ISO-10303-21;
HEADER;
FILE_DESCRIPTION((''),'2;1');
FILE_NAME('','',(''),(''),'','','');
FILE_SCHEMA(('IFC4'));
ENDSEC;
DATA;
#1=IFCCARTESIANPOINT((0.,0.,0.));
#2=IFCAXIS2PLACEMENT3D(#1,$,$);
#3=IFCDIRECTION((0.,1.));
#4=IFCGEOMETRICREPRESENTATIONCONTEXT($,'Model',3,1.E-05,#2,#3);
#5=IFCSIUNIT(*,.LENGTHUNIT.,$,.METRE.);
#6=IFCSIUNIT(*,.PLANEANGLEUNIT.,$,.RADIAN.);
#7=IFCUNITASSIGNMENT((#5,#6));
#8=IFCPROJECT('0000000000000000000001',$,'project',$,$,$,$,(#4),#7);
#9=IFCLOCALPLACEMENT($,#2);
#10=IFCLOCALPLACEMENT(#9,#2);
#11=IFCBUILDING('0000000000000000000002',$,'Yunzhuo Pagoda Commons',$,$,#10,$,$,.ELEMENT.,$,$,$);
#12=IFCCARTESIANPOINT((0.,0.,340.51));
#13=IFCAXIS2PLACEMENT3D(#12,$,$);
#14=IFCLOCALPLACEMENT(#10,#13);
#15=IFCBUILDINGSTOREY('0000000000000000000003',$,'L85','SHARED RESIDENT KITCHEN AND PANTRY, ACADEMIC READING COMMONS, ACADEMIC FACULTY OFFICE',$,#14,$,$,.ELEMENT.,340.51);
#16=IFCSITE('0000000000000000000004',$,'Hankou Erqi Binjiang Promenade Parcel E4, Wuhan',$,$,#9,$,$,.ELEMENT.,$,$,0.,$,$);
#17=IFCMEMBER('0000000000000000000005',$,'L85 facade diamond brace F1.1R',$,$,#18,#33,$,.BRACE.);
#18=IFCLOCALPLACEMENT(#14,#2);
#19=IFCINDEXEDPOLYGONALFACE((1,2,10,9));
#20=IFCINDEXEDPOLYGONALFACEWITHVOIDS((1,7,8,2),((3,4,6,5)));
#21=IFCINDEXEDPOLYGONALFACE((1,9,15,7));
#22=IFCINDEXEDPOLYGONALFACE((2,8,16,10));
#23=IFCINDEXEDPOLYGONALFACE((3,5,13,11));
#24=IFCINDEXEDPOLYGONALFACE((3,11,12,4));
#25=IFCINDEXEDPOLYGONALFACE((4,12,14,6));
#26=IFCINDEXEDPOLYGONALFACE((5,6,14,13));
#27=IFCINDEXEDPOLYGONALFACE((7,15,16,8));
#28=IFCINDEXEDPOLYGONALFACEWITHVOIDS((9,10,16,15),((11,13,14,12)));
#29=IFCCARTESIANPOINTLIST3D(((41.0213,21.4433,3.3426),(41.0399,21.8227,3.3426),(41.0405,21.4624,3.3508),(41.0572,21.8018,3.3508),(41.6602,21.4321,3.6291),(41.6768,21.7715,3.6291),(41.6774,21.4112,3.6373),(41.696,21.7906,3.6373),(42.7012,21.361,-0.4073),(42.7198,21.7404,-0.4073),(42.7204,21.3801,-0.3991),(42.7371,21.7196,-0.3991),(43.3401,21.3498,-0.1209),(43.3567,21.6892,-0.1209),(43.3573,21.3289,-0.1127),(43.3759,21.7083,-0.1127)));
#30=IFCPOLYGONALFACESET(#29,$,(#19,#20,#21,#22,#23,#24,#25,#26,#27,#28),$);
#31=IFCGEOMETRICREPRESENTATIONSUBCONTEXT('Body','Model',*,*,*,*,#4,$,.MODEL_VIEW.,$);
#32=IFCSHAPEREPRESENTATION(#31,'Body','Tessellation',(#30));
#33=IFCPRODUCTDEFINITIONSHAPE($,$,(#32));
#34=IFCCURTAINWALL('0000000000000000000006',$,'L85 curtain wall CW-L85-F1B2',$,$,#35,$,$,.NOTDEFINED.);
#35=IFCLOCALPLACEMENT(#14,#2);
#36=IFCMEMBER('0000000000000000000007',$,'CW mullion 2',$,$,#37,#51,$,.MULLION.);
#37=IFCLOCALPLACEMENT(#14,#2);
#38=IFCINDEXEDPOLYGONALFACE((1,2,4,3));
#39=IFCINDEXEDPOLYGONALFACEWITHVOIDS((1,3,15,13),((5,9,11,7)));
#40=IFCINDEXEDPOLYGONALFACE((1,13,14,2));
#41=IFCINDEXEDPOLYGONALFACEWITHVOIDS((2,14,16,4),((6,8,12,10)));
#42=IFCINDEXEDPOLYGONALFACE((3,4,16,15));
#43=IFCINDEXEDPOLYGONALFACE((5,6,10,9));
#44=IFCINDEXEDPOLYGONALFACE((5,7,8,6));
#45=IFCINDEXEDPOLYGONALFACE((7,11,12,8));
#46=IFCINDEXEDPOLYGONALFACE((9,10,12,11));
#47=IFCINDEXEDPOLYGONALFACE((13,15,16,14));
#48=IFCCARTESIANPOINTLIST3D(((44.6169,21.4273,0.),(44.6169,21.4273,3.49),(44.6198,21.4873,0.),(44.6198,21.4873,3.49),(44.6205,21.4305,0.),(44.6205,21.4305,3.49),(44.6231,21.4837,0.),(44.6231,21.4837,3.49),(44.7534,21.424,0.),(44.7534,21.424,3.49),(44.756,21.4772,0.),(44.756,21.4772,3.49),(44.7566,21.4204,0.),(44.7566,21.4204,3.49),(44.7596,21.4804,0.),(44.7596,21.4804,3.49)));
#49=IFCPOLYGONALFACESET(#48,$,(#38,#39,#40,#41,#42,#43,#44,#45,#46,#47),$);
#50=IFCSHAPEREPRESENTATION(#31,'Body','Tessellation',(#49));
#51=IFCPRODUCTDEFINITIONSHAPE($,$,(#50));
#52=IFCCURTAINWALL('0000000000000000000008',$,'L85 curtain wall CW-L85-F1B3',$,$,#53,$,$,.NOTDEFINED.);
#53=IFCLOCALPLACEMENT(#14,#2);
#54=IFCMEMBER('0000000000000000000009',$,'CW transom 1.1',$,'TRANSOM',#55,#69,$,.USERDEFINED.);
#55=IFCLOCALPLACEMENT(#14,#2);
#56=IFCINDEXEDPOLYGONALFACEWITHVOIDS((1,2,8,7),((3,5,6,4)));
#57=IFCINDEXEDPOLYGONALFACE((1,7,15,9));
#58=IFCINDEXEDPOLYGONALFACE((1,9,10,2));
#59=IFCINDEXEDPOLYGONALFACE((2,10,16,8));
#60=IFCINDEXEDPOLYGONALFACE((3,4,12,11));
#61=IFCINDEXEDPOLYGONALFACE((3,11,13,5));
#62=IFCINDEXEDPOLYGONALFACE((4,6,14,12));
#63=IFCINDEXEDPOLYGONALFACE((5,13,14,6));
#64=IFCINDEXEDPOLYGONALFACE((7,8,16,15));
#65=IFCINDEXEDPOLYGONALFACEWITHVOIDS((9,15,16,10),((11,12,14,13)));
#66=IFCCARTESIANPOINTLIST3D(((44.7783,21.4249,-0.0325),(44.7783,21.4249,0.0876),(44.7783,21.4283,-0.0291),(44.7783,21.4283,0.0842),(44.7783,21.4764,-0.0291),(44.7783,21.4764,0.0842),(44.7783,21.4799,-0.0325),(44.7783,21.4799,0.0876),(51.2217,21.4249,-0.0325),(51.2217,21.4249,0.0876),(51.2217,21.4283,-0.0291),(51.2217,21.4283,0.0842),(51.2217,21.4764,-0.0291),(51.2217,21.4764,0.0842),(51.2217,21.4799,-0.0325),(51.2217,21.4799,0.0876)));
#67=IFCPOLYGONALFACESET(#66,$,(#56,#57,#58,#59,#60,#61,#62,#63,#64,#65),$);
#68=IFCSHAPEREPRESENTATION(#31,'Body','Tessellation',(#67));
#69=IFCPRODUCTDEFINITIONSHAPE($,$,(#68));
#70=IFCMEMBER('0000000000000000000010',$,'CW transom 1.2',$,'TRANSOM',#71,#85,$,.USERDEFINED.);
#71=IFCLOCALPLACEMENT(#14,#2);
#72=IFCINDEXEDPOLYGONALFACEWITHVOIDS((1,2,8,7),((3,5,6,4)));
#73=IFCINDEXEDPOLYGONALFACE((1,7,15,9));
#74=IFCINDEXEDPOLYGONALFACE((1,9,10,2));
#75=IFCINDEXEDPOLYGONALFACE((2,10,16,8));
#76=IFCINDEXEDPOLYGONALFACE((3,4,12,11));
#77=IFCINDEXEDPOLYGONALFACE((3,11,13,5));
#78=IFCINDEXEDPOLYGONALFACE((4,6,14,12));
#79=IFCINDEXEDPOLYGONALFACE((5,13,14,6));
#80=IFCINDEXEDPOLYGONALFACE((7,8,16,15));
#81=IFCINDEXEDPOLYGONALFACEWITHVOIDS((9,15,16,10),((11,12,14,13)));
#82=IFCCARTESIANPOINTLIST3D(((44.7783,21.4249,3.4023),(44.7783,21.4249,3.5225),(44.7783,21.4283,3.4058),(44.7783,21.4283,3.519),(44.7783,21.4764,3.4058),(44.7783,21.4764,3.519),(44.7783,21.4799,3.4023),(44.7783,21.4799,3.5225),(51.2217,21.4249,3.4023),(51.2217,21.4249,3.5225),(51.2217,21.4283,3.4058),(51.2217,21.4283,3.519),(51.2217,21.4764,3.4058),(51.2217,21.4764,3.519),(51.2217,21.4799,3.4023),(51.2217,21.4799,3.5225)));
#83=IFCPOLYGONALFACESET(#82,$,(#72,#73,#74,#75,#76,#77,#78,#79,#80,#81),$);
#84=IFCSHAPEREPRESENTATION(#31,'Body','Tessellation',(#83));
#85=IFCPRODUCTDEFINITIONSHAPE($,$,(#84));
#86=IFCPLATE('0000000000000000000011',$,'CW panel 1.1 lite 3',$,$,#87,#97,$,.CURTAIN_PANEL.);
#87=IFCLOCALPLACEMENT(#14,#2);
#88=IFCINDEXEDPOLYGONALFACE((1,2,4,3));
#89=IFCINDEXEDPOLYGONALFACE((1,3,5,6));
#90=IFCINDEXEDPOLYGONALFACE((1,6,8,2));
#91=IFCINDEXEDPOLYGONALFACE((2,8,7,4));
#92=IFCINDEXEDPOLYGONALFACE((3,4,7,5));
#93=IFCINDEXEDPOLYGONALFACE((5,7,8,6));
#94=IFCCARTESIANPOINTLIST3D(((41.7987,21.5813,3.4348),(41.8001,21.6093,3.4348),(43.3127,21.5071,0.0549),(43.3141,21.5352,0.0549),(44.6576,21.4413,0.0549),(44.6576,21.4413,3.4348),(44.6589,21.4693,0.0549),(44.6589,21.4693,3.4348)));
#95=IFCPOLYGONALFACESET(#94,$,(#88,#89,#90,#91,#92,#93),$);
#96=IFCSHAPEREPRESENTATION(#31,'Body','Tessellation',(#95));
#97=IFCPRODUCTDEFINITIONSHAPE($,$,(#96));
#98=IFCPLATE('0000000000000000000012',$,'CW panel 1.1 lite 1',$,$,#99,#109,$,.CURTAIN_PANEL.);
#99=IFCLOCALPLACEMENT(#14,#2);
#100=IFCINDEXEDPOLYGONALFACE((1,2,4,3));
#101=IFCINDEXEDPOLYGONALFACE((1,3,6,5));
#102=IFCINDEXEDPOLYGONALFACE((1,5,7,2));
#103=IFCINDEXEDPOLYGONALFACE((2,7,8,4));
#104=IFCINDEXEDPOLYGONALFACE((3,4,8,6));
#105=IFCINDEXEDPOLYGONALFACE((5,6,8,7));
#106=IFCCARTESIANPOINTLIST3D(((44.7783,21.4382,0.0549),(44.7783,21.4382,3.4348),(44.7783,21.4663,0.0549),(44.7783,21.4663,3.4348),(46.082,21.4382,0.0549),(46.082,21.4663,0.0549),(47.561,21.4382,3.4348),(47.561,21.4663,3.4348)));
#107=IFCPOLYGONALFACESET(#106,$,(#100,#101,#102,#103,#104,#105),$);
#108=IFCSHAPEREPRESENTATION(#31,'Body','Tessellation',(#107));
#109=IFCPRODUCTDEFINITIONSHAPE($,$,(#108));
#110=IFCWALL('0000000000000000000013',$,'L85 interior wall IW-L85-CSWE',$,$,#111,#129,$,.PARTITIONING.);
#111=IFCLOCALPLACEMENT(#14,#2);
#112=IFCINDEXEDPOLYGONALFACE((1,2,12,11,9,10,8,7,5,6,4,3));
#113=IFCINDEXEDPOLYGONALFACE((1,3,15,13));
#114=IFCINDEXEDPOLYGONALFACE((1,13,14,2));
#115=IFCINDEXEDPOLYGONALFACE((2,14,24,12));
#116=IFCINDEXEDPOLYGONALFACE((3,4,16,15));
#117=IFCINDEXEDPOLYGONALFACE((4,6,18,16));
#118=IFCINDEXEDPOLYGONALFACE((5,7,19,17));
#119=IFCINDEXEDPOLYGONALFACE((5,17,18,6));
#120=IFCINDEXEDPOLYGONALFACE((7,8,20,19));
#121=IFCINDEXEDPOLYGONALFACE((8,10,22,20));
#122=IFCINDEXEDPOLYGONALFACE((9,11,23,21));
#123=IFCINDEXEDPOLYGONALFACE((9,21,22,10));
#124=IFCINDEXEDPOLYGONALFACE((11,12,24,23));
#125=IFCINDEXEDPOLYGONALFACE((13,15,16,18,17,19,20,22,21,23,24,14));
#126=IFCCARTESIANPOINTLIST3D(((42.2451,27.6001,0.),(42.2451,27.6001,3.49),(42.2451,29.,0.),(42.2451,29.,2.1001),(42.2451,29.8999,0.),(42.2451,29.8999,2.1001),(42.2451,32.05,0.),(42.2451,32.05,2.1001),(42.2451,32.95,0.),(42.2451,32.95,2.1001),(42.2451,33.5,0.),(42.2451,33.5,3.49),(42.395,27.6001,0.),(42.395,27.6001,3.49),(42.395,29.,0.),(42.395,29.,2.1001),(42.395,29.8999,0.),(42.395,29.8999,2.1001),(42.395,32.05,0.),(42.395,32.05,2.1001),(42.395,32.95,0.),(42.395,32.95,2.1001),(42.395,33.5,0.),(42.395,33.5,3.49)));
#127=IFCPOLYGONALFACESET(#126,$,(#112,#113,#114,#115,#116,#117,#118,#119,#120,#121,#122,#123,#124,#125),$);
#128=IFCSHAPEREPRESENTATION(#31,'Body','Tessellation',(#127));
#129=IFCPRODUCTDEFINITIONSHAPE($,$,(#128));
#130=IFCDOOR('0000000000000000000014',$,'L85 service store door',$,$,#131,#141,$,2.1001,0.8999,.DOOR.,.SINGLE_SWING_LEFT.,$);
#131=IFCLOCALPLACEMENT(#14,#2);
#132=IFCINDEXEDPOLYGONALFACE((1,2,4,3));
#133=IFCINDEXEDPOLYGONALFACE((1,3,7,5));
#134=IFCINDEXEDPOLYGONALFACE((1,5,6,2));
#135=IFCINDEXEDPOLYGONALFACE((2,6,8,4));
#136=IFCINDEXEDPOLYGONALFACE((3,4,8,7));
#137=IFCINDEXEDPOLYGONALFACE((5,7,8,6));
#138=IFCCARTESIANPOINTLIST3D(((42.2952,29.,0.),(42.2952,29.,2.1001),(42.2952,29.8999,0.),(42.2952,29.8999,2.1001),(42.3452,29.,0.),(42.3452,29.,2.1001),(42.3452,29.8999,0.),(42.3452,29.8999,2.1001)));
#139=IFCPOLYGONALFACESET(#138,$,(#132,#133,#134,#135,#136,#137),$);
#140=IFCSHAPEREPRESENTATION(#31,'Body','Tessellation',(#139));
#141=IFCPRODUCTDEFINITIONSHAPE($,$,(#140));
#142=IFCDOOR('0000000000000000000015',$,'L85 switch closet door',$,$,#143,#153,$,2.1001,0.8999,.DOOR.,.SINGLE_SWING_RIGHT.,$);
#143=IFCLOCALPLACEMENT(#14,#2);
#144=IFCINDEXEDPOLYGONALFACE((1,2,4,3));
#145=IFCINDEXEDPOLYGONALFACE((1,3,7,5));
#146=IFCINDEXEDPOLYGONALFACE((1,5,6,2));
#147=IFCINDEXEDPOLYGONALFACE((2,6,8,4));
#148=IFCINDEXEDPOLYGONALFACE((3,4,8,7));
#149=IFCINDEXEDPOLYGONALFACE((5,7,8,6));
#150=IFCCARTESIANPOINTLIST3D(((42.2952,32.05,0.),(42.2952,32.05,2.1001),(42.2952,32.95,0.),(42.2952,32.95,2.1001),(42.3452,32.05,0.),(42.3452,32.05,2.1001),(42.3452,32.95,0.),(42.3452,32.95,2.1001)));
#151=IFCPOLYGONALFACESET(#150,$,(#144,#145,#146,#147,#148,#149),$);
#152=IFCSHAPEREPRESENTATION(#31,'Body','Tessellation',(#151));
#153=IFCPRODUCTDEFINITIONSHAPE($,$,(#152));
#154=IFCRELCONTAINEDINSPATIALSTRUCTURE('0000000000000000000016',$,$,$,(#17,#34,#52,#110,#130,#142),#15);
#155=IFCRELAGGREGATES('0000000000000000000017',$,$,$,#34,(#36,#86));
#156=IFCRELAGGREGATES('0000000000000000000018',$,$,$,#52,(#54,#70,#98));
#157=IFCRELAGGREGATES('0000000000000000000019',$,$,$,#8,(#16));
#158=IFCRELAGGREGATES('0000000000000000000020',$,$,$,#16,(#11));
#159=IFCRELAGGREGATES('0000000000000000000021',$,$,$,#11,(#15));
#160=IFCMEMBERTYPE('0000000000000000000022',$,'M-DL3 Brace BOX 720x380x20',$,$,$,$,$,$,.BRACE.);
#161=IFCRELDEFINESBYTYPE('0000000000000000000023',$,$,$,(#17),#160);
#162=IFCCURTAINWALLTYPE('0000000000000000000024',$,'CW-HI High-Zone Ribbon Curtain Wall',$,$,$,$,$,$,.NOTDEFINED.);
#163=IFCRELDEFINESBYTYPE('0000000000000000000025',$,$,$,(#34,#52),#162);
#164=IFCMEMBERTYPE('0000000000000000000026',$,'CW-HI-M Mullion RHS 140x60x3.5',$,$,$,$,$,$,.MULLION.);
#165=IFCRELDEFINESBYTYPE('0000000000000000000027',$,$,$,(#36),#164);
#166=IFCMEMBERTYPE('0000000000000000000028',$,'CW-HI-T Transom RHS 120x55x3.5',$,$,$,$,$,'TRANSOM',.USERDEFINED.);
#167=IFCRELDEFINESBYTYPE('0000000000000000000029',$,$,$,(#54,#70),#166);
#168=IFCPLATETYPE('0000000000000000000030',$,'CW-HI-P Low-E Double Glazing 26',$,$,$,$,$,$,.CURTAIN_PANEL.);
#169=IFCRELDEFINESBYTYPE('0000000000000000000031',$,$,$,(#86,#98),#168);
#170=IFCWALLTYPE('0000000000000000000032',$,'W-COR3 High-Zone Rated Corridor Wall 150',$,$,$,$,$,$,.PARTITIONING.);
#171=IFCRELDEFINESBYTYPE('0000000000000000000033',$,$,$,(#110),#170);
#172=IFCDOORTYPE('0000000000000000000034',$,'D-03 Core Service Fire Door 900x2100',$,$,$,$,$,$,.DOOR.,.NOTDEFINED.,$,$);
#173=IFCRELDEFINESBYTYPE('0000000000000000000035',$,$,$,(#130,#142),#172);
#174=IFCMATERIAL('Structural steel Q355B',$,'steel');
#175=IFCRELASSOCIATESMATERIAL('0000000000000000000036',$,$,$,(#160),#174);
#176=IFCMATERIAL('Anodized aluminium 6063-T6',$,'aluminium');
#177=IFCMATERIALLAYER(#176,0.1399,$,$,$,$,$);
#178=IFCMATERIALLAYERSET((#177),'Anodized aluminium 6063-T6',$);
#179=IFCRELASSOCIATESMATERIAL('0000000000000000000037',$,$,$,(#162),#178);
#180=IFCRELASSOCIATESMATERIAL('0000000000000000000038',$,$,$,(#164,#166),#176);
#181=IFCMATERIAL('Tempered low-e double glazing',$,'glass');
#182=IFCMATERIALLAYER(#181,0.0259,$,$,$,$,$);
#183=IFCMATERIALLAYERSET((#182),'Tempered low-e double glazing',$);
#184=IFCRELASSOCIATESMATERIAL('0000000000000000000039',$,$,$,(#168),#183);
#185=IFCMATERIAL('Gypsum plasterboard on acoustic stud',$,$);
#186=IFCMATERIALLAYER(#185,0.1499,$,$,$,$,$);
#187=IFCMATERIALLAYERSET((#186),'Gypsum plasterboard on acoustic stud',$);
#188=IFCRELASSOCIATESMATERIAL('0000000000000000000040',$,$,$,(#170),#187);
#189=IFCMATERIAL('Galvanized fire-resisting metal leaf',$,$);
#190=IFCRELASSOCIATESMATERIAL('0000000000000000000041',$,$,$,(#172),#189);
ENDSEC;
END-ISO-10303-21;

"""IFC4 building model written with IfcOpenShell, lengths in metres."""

from ifc_helpers import new_model, si_unit, direction, frame, frame_2d, origin, origin_with_axes, origin_2d, place, context, subcontext, project, spatial, polyline, rectangle, hollow_rectangle, outline, extrude, source, transform, mapped, material, layer, layer_set, material_profile, profile_set, type_object, element, fill, aggregate, save


model = new_model("IFC4")

# Units and contexts
model_context = context("Model", 3, precision=1e-05, world=origin(), true_north=direction((0.0, 1.0)))
body_context = subcontext(model_context, "Body", "Model", "MODEL_VIEW")
ifc_project = project(units=[si_unit("LENGTHUNIT", "METRE"), si_unit("PLANEANGLEUNIT", "RADIAN")], contexts=[model_context])

# Site, building, storey
site_placement = place(None, origin())
site = spatial("IfcSite", under=ifc_project, at=site_placement, Name="Hankou Erqi Binjiang Promenade Parcel E4, Wuhan", CompositionType="ELEMENT", RefElevation=0.0)
building_placement = place(site_placement, origin())
building = spatial("IfcBuilding", under=site, at=building_placement, Name="Yunzhuo Pagoda Commons", CompositionType="ELEMENT")
storey_placement = place(building_placement, frame((0.0, 0.0, 340.51)))
storey = spatial("IfcBuildingStorey", under=building, at=storey_placement, Name="L85", Description="SHARED RESIDENT KITCHEN AND PANTRY, ACADEMIC READING COMMONS, ACADEMIC FACULTY OFFICE", CompositionType="ELEMENT", Elevation=340.51)

# Shared definitions
ifc_material_1 = material(Name="Structural steel Q355B", Category="steel")

# Member
ifc_material_profile_1 = material_profile(ifc_material_1, hollow_rectangle(XDim=0.3799, YDim=0.72, WallThickness=0.02, at=origin_2d()), Name="Structural steel Q355B")
ifc_profile_set_1 = profile_set([ifc_material_profile_1], Name="Structural steel Q355B")
member_type_1 = type_object("IfcMemberType", Name="M-DL3 Brace BOX 720x380x20", PredefinedType="BRACE", material=ifc_profile_set_1)
shared_shape_1 = source(origin(), body_context, "Body", "SweptSolid", [
    extrude(hollow_rectangle(XDim=0.3799, YDim=0.72, WallThickness=0.02, at=origin_2d()), origin(), (0.0, 0.0, 1.0), 4.1099),
])
member_1_placement = place(storey_placement, frame((43.0386, 21.5347, -0.26), z_axis=(-0.40875, 0.020019, 0.912427), x_axis=(-0.048917, -0.998803, 0.0)))
element("IfcMember", 1, at=member_1_placement, inside=storey, type_object=member_type_1, Name="L85 facade diamond brace F1.1R", PredefinedType="BRACE", context=body_context, shape_type="MappedRepresentation", body=[
    mapped(shared_shape_1, transform((0.0, 0.0, 0.0), scale=1.0)),
])

# Curtain wall, member
ifc_material_2 = material(Name="Anodized aluminium 6063-T6", Category="aluminium")
ifc_layer_1 = layer(ifc_material_2, 0.1399)
ifc_layer_set_1 = layer_set([ifc_layer_1], Name="Anodized aluminium 6063-T6")
curtain_wall_type = type_object("IfcCurtainWallType", Name="CW-HI High-Zone Ribbon Curtain Wall", PredefinedType="NOTDEFINED", material=ifc_layer_set_1)
curtain_wall_1_placement = place(storey_placement, origin())
curtain_wall_1 = element("IfcCurtainWall", 2, at=curtain_wall_1_placement, inside=storey, type_object=curtain_wall_type, Name="L85 curtain wall CW-L85-F1B2", PredefinedType="NOTDEFINED")
ifc_material_profile_2 = material_profile(ifc_material_2, hollow_rectangle(XDim=0.0601, YDim=0.1399, WallThickness=0.0034, at=origin_2d()), Name="Anodized aluminium 6063-T6")
ifc_profile_set_2 = profile_set([ifc_material_profile_2], Name="Anodized aluminium 6063-T6")
member_type_2 = type_object("IfcMemberType", Name="CW-HI-M Mullion RHS 140x60x3.5", PredefinedType="MULLION", material=ifc_profile_set_2)
shared_shape_2 = source(origin(), body_context, "Body", "SweptSolid", [
    extrude(hollow_rectangle(XDim=0.0601, YDim=0.1399, WallThickness=0.0034, at=origin_2d()), origin(), (0.0, 0.0, 1.0), 3.49),
])
member_2_placement = place(storey_placement, frame((44.6882, 21.4539, 0.0), z_axis=(0.0, 0.0, 1.0), x_axis=(0.048906, 0.998803, 0.0)))
member_2 = element("IfcMember", 3, at=member_2_placement, type_object=member_type_2, Name="CW mullion 2", PredefinedType="MULLION", context=body_context, shape_type="MappedRepresentation", body=[
    mapped(shared_shape_2, transform((0.0, 0.0, 0.0), scale=1.0)),
])

# Curtain wall, members
curtain_wall_2_placement = place(storey_placement, origin())
curtain_wall_2 = element("IfcCurtainWall", 4, at=curtain_wall_2_placement, inside=storey, type_object=curtain_wall_type, Name="L85 curtain wall CW-L85-F1B3", PredefinedType="NOTDEFINED")
ifc_material_profile_3 = material_profile(ifc_material_2, hollow_rectangle(XDim=0.0549, YDim=0.1201, WallThickness=0.0034, at=origin_2d()), Name="Anodized aluminium 6063-T6")
ifc_profile_set_3 = profile_set([ifc_material_profile_3], Name="Anodized aluminium 6063-T6")
member_type_3 = type_object("IfcMemberType", Name="CW-HI-T Transom RHS 120x55x3.5", ElementType="TRANSOM", PredefinedType="USERDEFINED", material=ifc_profile_set_3)
shared_shape_3 = source(origin(), body_context, "Body", "SweptSolid", [
    extrude(hollow_rectangle(XDim=0.0549, YDim=0.1201, WallThickness=0.0034, at=origin_2d()), origin(), (0.0, 0.0, 1.0), 6.4434),
])
member_3_placement = place(storey_placement, frame((44.7783, 21.4524, 0.0276), z_axis=(1.0, 0.0, 0.0), x_axis=(0.0, 1.0, 0.0)))
member_3 = element("IfcMember", 5, at=member_3_placement, type_object=member_type_3, Name="CW transom 1.1", ObjectType="TRANSOM", PredefinedType="USERDEFINED", context=body_context, shape_type="MappedRepresentation", body=[
    mapped(shared_shape_3, transform((0.0, 0.0, 0.0), scale=1.0)),
])
member_4_placement = place(storey_placement, frame((44.7783, 21.4524, 3.4624), z_axis=(1.0, 0.0, 0.0), x_axis=(0.0, 1.0, 0.0)))
member_4 = element("IfcMember", 6, at=member_4_placement, type_object=member_type_3, Name="CW transom 1.2", ObjectType="TRANSOM", PredefinedType="USERDEFINED", context=body_context, shape_type="MappedRepresentation", body=[
    mapped(shared_shape_3, transform((0.0, 0.0, 0.0), scale=1.0)),
])

# Plates
ifc_material_3 = material(Name="Tempered low-e double glazing", Category="glass")
ifc_layer_2 = layer(ifc_material_3, 0.0259)
ifc_layer_set_2 = layer_set([ifc_layer_2], Name="Tempered low-e double glazing")
plate_type = type_object("IfcPlateType", Name="CW-HI-P Low-E Double Glazing 26", PredefinedType="CURTAIN_PANEL", material=ifc_layer_set_2)
plate_1_placement = place(storey_placement, frame((43.2295, 21.5393, 1.7449), z_axis=(-0.048906, -0.998803, 0.0), x_axis=(0.998803, -0.048906, 0.0)))
plate_1 = element("IfcPlate", 7, at=plate_1_placement, type_object=plate_type, Name="CW panel 1.1 lite 3", PredefinedType="CURTAIN_PANEL", context=body_context, shape_type="SweptSolid", body=[
    extrude(outline(polyline([(-1.4312, 1.6899), (0.0847, -1.6899), (1.4312, -1.6899), (1.4312, 1.6899), (-1.4312, 1.6899)])), origin(), (0.0, 0.0, 1.0), 0.0281),
])
aggregate(curtain_wall_1, [member_2, plate_1])
plate_2_placement = place(storey_placement, frame((46.1697, 21.4663, 1.7449), z_axis=(0.0, -1.0, 0.0), x_axis=(1.0, 0.0, 0.0)))
plate_2 = element("IfcPlate", 8, at=plate_2_placement, type_object=plate_type, Name="CW panel 1.1 lite 1", PredefinedType="CURTAIN_PANEL", context=body_context, shape_type="SweptSolid", body=[
    extrude(outline(polyline([(-1.3914, -1.6899), (-0.0876, -1.6899), (1.3914, 1.6899), (-1.3914, 1.6899), (-1.3914, -1.6899)])), origin(), (0.0, 0.0, 1.0), 0.0281),
])
aggregate(curtain_wall_2, [member_3, member_4, plate_2])

# Wall, openings, doors
ifc_material_4 = material(Name="Gypsum plasterboard on acoustic stud")
ifc_layer_3 = layer(ifc_material_4, 0.1499)
ifc_layer_set_3 = layer_set([ifc_layer_3], Name="Gypsum plasterboard on acoustic stud")
wall_type_1 = type_object("IfcWallType", Name="W-COR3 High-Zone Rated Corridor Wall 150", PredefinedType="PARTITIONING", material=ifc_layer_set_3)
wall_1_placement = place(storey_placement, frame((42.3201, 27.6001, 0.0), z_axis=(0.0, 0.0, 1.0), x_axis=(0.0, 1.0, 0.0)))
wall_1 = element("IfcWall", 9, at=wall_1_placement, inside=storey, type_object=wall_type_1, Name="L85 interior wall IW-L85-CSWE", PredefinedType="PARTITIONING", context=body_context, shape_type="SweptSolid", body=[
    extrude(rectangle(XDim=5.8999, YDim=0.1499, at=frame_2d((2.95, 0.0))), origin(), (0.0, 0.0, 1.0), 3.49),
])
opening_1_placement = place(wall_1_placement, frame((1.3999, 0.0, 0.0)))
opening_1 = element("IfcOpeningElement", 10, at=opening_1_placement, cuts=wall_1, PredefinedType="OPENING", context=body_context, shape_type="SweptSolid", body=[
    extrude(rectangle(XDim=0.8999, YDim=2.1001, at=frame_2d((0.45, 1.05))), frame((0.0, 0.085, 0.0), z_axis=(0.0, -1.0, 0.0), x_axis=(1.0, 0.0, 0.0)), (0.0, 0.0, 1.0), 0.1699),
])
opening_2_placement = place(wall_1_placement, frame((4.45, 0.0, 0.0)))
opening_2 = element("IfcOpeningElement", 11, at=opening_2_placement, cuts=wall_1, PredefinedType="OPENING", context=body_context, shape_type="SweptSolid", body=[
    extrude(rectangle(XDim=0.8999, YDim=2.1001, at=frame_2d((0.45, 1.05))), frame((0.0, 0.085, 0.0), z_axis=(0.0, -1.0, 0.0), x_axis=(1.0, 0.0, 0.0)), (0.0, 0.0, 1.0), 0.1699),
])
ifc_material_5 = material(Name="Galvanized fire-resisting metal leaf")
door_type_1 = type_object("IfcDoorType", Name="D-03 Core Service Fire Door 900x2100", OperationType="NOTDEFINED", PredefinedType="DOOR", material=ifc_material_5)
shared_shape_4 = source(origin(), body_context, "Body", "SweptSolid", [
    extrude(rectangle(XDim=0.8999, YDim=2.1001, at=frame_2d((0.45, 1.05))), frame((0.0, 0.0249, 0.0), z_axis=(0.0, -1.0, 0.0), x_axis=(1.0, 0.0, 0.0)), (0.0, 0.0, 1.0), 0.05),
])
door_1_placement = place(opening_1_placement, origin_with_axes())
door_1 = element("IfcDoor", 12, at=door_1_placement, inside=storey, type_object=door_type_1, Name="L85 service store door", OperationType="SINGLE_SWING_LEFT", OverallHeight=2.1001, OverallWidth=0.8999, PredefinedType="DOOR", context=body_context, shape_type="MappedRepresentation", body=[
    mapped(shared_shape_4, transform((0.0, 0.0, 0.0), scale=1.0)),
])
fill(opening_1, door_1)
door_2_placement = place(opening_2_placement, origin_with_axes())
door_2 = element("IfcDoor", 13, at=door_2_placement, inside=storey, type_object=door_type_1, Name="L85 switch closet door", OperationType="SINGLE_SWING_RIGHT", OverallHeight=2.1001, OverallWidth=0.8999, PredefinedType="DOOR", context=body_context, shape_type="MappedRepresentation", body=[
    mapped(shared_shape_4, transform((0.0, 0.0, 0.0), scale=1.0)),
])
fill(opening_2, door_2)

save(model, "model.ifc")
